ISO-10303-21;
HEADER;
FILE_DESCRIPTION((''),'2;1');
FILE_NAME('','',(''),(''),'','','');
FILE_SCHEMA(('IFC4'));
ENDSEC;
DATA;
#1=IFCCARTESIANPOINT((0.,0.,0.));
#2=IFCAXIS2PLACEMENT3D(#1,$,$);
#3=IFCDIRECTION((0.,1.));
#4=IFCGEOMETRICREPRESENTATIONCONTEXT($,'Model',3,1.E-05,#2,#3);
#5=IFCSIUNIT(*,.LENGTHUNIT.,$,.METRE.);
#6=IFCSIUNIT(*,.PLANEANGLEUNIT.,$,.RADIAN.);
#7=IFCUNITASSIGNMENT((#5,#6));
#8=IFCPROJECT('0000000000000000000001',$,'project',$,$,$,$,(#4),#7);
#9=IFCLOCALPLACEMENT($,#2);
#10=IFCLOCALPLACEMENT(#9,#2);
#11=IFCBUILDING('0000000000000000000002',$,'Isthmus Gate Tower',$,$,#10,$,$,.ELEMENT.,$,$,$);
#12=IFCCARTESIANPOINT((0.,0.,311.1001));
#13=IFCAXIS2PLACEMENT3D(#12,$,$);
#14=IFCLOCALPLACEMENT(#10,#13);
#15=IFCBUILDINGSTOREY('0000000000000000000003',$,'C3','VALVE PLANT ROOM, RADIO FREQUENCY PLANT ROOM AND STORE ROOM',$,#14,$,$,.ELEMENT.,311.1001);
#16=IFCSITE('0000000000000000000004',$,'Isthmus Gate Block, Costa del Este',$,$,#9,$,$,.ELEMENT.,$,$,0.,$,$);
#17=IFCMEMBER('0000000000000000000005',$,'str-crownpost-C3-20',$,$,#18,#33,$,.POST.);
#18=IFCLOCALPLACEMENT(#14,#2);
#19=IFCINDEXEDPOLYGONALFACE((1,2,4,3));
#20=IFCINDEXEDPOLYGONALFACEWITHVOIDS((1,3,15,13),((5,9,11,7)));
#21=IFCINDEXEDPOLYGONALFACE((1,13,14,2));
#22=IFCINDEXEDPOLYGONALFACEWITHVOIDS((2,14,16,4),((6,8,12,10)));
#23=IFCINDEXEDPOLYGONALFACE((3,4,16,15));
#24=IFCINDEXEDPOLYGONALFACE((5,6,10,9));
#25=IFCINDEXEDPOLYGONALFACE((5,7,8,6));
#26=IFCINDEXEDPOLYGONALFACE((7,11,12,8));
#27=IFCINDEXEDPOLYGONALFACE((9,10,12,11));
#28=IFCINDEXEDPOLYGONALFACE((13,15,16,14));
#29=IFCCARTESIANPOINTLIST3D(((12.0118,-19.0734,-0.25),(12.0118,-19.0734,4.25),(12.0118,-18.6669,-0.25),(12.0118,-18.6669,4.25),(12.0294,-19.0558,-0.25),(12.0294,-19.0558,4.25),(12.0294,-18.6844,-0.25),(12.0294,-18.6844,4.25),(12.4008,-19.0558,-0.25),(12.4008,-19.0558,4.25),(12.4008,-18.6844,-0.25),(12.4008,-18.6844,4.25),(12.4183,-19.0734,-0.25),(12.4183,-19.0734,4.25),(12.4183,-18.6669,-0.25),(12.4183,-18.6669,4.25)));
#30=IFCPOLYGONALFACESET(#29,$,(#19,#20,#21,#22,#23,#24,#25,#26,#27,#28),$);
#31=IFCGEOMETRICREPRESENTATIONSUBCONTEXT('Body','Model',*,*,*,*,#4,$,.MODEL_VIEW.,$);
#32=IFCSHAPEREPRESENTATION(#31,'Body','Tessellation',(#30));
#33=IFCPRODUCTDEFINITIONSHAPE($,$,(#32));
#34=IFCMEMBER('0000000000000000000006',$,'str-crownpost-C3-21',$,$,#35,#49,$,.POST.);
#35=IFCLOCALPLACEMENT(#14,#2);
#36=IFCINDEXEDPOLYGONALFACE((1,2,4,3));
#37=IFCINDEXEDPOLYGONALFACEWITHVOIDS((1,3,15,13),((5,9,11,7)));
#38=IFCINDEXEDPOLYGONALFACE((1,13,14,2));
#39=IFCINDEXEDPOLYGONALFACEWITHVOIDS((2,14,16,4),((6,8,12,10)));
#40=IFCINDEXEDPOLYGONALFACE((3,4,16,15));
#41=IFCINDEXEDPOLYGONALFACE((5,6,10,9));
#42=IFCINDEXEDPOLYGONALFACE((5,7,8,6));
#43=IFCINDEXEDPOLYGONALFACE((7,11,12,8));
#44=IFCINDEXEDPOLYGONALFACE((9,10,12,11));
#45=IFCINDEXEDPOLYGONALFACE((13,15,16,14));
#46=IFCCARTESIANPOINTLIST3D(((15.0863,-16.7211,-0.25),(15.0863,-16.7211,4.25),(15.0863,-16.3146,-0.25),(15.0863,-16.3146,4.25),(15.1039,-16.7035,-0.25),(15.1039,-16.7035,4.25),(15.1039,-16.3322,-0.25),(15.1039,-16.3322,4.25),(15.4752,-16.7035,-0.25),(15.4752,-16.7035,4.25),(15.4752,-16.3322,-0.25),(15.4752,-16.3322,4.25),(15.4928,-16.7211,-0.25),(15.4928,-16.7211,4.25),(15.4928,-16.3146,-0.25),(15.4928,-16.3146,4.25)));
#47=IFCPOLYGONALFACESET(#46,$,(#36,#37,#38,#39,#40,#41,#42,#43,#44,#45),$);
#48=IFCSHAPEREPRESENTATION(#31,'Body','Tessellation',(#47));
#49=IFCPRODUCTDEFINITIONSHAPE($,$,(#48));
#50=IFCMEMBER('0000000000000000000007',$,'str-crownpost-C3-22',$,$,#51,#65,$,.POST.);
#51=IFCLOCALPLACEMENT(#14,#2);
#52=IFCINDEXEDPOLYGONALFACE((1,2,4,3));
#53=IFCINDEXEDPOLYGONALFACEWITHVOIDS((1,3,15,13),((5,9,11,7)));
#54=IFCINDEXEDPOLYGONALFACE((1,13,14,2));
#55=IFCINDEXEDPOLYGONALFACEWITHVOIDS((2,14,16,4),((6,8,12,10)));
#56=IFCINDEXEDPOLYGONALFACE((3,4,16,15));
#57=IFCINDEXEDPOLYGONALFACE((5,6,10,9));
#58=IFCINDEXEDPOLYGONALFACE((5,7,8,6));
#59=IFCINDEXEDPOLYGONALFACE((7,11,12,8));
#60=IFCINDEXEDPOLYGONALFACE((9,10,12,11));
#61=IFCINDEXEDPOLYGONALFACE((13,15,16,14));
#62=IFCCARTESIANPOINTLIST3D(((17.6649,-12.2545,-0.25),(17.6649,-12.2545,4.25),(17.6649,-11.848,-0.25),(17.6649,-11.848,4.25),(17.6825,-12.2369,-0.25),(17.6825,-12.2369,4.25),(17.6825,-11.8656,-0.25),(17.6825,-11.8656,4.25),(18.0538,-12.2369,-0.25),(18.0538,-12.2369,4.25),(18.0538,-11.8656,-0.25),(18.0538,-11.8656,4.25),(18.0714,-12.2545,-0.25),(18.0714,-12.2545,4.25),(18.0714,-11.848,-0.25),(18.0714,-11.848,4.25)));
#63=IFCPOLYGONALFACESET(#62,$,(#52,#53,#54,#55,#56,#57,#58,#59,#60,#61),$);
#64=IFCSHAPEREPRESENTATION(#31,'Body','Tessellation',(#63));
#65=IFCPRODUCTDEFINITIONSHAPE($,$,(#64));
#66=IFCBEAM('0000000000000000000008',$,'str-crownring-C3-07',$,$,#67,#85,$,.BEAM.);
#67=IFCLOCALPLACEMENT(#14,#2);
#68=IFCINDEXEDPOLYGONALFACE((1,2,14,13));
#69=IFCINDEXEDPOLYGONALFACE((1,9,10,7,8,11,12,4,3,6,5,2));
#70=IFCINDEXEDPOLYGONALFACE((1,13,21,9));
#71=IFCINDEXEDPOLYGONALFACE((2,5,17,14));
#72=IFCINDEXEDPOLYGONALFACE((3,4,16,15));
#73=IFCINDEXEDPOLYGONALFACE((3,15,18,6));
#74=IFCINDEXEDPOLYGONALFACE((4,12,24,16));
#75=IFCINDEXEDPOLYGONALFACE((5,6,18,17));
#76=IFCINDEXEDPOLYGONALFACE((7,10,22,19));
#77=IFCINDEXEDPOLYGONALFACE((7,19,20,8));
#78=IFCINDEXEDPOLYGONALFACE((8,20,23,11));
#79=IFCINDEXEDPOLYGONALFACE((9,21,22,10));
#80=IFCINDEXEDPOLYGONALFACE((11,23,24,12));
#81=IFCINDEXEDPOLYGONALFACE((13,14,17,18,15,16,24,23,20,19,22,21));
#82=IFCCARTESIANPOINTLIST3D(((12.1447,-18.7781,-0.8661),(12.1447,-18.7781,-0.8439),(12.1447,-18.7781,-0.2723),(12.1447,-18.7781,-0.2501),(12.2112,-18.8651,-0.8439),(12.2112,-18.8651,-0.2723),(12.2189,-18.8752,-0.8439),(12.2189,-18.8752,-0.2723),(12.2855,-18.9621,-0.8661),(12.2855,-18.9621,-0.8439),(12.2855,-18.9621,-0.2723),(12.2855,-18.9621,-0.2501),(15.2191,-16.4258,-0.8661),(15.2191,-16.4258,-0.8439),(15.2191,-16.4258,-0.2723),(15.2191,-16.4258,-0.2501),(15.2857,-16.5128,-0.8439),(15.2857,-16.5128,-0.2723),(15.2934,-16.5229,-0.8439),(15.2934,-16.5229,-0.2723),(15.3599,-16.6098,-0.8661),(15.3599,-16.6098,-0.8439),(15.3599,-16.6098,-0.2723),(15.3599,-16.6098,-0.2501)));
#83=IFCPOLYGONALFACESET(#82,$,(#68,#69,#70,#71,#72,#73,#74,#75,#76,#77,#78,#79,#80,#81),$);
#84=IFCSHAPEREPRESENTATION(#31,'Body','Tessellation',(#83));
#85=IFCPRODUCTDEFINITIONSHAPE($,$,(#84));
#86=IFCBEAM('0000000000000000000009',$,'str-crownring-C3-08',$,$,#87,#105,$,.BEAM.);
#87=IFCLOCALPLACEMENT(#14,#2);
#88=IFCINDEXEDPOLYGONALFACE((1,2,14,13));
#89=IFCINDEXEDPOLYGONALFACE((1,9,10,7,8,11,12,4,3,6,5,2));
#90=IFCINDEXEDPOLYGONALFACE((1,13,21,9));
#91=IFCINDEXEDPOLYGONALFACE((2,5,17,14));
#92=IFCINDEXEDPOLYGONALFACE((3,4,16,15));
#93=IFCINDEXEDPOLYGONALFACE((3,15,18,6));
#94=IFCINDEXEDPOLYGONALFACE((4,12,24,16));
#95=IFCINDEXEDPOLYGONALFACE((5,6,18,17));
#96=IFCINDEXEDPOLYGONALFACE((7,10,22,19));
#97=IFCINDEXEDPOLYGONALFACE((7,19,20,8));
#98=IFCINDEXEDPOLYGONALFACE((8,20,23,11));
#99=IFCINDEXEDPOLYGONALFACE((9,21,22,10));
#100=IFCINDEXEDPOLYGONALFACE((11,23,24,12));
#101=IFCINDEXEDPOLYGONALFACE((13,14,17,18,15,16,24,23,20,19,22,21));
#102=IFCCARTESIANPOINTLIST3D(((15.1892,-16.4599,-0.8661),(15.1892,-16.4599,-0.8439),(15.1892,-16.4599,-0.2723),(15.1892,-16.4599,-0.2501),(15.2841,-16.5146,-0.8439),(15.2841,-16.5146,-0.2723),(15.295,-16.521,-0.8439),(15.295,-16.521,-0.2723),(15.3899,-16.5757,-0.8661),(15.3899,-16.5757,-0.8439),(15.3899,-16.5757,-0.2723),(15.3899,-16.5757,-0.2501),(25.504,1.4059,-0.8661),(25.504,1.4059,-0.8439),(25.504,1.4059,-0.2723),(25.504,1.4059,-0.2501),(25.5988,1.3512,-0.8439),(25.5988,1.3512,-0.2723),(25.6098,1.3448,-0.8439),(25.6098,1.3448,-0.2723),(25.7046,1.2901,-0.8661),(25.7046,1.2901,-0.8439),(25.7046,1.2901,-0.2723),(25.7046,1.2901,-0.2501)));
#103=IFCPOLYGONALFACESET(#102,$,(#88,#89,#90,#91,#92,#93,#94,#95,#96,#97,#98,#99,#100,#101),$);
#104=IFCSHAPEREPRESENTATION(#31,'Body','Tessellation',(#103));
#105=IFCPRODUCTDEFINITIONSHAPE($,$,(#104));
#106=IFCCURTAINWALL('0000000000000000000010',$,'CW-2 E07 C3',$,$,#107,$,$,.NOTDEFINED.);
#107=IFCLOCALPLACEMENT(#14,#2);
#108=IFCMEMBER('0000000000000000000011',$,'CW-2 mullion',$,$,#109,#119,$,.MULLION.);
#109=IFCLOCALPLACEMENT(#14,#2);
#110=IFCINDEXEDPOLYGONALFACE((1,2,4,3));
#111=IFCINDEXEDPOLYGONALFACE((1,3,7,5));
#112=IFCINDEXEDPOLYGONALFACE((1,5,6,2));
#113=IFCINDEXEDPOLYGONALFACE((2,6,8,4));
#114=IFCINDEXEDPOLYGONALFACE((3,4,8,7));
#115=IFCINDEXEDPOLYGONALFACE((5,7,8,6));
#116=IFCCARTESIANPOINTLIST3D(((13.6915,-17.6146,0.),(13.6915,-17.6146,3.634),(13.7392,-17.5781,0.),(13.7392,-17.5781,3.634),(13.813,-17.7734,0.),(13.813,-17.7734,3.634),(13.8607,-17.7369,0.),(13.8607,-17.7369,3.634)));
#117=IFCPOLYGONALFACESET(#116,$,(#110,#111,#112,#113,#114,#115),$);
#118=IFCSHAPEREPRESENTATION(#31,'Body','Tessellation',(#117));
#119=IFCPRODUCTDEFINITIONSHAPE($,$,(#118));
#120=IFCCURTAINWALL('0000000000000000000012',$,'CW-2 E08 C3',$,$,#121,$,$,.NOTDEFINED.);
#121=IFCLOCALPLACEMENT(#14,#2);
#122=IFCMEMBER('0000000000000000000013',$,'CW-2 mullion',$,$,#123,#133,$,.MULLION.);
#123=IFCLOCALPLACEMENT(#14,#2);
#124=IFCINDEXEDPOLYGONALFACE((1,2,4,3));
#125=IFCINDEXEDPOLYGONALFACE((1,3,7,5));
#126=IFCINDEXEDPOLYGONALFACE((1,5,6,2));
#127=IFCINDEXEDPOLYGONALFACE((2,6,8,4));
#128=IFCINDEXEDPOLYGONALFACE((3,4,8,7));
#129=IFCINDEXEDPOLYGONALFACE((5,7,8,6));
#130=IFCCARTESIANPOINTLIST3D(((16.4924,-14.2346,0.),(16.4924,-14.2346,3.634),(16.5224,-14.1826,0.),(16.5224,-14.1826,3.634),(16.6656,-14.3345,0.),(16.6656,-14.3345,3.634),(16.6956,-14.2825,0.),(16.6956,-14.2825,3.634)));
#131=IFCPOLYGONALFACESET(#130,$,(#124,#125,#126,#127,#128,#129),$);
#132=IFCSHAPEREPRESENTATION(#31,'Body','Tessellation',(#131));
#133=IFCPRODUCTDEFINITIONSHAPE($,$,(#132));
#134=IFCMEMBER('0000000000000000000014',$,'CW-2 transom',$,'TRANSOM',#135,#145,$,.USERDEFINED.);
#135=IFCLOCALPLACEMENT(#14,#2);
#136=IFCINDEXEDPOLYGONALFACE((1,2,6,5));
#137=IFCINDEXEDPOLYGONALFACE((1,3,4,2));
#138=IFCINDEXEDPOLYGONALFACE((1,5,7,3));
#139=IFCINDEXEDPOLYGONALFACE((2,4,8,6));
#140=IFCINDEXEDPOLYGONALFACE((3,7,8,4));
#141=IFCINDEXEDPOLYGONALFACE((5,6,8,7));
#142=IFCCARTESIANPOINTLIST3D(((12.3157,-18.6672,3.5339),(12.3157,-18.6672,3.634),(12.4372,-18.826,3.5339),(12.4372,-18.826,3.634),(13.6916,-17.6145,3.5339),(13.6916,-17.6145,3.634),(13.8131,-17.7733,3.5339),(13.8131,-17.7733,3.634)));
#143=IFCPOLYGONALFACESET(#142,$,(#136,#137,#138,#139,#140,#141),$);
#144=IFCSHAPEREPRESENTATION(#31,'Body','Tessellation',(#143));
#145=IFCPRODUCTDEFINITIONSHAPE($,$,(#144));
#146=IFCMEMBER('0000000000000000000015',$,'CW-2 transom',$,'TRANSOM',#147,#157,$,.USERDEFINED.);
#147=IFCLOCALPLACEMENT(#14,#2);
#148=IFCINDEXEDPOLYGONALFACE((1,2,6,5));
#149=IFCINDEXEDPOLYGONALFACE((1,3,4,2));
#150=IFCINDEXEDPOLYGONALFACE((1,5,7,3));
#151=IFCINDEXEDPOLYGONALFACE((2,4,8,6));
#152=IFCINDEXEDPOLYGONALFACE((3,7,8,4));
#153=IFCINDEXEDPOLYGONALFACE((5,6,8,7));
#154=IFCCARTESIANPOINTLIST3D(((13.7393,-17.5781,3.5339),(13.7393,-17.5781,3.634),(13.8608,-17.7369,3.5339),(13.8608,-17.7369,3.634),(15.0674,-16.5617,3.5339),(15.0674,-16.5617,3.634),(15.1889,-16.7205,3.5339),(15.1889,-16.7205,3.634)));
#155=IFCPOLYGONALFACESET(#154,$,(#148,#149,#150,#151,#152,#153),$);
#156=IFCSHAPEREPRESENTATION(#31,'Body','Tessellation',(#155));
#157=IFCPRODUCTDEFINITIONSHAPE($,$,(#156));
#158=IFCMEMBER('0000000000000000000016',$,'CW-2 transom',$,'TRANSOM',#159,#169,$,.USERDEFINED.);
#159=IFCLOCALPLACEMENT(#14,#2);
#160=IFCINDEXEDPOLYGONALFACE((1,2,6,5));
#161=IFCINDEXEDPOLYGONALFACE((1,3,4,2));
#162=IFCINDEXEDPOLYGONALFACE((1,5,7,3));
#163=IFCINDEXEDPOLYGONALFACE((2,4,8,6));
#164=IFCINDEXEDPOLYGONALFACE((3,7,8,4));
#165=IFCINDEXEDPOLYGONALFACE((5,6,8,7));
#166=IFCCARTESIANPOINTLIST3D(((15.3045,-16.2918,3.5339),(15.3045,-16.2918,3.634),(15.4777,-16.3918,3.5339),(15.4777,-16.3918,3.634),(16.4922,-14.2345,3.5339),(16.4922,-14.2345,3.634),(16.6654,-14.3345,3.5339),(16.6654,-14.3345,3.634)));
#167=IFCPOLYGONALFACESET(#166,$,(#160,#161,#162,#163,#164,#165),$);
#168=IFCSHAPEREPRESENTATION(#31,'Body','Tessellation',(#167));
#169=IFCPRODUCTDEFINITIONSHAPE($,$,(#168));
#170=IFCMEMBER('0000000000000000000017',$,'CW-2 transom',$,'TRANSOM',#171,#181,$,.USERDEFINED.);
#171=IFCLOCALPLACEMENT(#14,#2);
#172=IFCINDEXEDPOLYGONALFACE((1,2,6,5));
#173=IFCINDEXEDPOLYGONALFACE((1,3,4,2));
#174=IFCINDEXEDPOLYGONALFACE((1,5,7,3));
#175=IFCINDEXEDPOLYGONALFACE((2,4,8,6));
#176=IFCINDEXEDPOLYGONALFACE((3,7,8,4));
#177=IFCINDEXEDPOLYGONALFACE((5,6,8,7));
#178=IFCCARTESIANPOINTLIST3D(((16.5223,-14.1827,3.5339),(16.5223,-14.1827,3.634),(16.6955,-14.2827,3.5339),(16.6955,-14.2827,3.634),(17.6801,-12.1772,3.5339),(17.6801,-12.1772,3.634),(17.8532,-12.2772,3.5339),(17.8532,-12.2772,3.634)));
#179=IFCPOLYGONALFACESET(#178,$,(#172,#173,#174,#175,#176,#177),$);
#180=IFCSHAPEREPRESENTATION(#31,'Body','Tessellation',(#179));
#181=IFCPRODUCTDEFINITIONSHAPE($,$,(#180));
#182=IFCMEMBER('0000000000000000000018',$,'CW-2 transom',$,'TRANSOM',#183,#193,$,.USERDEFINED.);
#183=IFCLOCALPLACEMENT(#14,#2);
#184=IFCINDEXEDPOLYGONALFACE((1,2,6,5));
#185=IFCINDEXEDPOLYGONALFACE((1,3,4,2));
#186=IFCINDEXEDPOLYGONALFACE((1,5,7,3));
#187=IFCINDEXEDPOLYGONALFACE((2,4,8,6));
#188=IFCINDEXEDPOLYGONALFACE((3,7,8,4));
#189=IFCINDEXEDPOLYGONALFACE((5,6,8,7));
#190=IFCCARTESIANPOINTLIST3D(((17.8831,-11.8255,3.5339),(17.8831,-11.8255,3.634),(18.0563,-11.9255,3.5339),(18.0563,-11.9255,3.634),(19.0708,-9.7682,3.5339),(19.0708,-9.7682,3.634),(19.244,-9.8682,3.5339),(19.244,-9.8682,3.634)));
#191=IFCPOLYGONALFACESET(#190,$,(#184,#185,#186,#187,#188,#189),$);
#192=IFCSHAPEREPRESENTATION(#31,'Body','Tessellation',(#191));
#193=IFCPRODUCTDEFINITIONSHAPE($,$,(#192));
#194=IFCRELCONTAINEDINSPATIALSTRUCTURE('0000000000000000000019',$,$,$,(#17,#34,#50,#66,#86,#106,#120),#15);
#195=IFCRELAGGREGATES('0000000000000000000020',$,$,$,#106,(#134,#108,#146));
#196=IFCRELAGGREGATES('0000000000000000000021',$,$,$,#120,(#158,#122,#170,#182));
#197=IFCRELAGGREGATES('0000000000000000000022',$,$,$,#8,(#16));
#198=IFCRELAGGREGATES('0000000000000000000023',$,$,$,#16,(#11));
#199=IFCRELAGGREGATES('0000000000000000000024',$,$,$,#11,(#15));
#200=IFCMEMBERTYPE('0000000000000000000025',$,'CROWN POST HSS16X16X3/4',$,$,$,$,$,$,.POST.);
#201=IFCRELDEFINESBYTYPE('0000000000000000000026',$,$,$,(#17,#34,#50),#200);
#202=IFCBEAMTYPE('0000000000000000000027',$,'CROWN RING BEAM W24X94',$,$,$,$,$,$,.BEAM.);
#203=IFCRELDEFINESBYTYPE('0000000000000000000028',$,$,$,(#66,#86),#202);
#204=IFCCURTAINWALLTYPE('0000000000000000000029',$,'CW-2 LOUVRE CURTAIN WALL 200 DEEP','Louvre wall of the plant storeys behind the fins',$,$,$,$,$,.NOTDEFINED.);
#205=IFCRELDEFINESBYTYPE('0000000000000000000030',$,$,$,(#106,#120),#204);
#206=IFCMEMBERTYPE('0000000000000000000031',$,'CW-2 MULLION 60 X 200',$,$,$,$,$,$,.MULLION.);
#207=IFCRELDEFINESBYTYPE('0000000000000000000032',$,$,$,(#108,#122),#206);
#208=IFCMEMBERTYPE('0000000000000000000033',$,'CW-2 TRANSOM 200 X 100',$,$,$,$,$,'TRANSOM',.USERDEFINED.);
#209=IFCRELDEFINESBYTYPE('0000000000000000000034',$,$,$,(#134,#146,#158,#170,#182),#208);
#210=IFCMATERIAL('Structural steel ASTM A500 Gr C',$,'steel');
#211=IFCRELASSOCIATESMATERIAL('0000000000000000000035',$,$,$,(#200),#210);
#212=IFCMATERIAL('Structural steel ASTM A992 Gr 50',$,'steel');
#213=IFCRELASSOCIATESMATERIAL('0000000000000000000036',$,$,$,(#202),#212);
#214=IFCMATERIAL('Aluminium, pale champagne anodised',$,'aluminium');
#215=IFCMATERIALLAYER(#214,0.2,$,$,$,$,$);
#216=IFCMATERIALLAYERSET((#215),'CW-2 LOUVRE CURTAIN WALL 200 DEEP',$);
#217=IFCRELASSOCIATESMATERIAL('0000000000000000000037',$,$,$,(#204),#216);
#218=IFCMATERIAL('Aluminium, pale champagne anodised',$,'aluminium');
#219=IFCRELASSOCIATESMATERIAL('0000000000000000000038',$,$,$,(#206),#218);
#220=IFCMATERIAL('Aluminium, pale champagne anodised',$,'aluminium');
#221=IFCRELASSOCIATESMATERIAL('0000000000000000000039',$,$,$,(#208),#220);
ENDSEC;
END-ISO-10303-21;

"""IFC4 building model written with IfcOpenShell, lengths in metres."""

from ifc_helpers import new_model, si_unit, direction, frame, origin, origin_2d, place, context, subcontext, project, spatial, rectangle, hollow_rectangle, i_section, extrude, material, layer, layer_set, material_profile, profile_set, type_object, element, aggregate, save


model = new_model("IFC4")

# Units and contexts
model_context = context("Model", 3, precision=1e-05, world=origin(), true_north=direction((0.0, 1.0)))
body_context = subcontext(model_context, "Body", "Model", "MODEL_VIEW")
ifc_project = project(units=[si_unit("LENGTHUNIT", "METRE"), si_unit("PLANEANGLEUNIT", "RADIAN")], contexts=[model_context])

# Site, building, storey
site_placement = place(None, origin())
site = spatial("IfcSite", under=ifc_project, at=site_placement, Name="Isthmus Gate Block, Costa del Este", CompositionType="ELEMENT", RefElevation=0.0)
building_placement = place(site_placement, origin())
building = spatial("IfcBuilding", under=site, at=building_placement, Name="Isthmus Gate Tower", CompositionType="ELEMENT")
storey_placement = place(building_placement, frame((0.0, 0.0, 311.1001)))
storey = spatial("IfcBuildingStorey", under=building, at=storey_placement, Name="C3", Description="VALVE PLANT ROOM, RADIO FREQUENCY PLANT ROOM AND STORE ROOM", CompositionType="ELEMENT", Elevation=311.1001)

# Members
ifc_material_1 = material(Name="Structural steel ASTM A500 Gr C", Category="steel")
ifc_material_profile_1 = material_profile(ifc_material_1, hollow_rectangle(XDim=0.4065, YDim=0.4065, WallThickness=0.0176, at=origin_2d()), Name="HSS16X16X3/4")
ifc_profile_set_1 = profile_set([ifc_material_profile_1], Name="Structural steel ASTM A500 Gr C")
member_type_1 = type_object("IfcMemberType", Name="CROWN POST HSS16X16X3/4", PredefinedType="POST", material=ifc_profile_set_1)
for number, where, z_axis, x_axis, name in (
    (1, (12.2151, -18.8701, -0.25), (0.0, 0.0, 1.0), (1.0, 0.0, 0.0), "str-crownpost-C3-20"),
    (2, (15.2896, -16.5178, -0.25), (0.0, 0.0, 1.0), (1.0, 0.0, 0.0), "str-crownpost-C3-21"),
    (3, (17.8682, -12.0513, -0.25), (0.0, 0.0, 1.0), (1.0, 0.0, 0.0), "str-crownpost-C3-22"),
):
    element("IfcMember", number, at=place(storey_placement, frame(where, z_axis=z_axis, x_axis=x_axis)), inside=storey, type_object=member_type_1, Name=name, PredefinedType="POST", context=body_context, shape_type="SweptSolid", body=[
        extrude(hollow_rectangle(XDim=0.4065, YDim=0.4065, WallThickness=0.0176, at=origin_2d()), origin(), (0.0, 0.0, 1.0), 4.5),
    ])

# Beams
ifc_material_2 = material(Name="Structural steel ASTM A992 Gr 50", Category="steel")
ifc_material_profile_2 = material_profile(ifc_material_2, i_section(OverallWidth=0.2317, OverallDepth=0.616, WebThickness=0.0127, FlangeThickness=0.0222, at=origin_2d()), Name="W24X94")
ifc_profile_set_2 = profile_set([ifc_material_profile_2], Name="Structural steel ASTM A992 Gr 50")
beam_type = type_object("IfcBeamType", Name="CROWN RING BEAM W24X94", PredefinedType="BEAM", material=ifc_profile_set_2)
beam_1_placement = place(storey_placement, frame((12.2151, -18.8701, -0.5581), z_axis=(0.794204, 0.607651, 0.0), x_axis=(-0.607651, 0.794204, 0.0)))
element("IfcBeam", 4, at=beam_1_placement, inside=storey, type_object=beam_type, Name="str-crownring-C3-07", PredefinedType="BEAM", context=body_context, shape_type="SweptSolid", body=[
    extrude(i_section(OverallWidth=0.2317, OverallDepth=0.616, WebThickness=0.0127, FlangeThickness=0.0222, at=origin_2d()), origin(), (0.0, 0.0, 1.0), 3.8711),
])
beam_2_placement = place(storey_placement, frame((15.2896, -16.5178, -0.5581), z_axis=(0.499997, 0.866027, 0.0), x_axis=(-0.866027, 0.499997, 0.0)))
element("IfcBeam", 5, at=beam_2_placement, inside=storey, type_object=beam_type, Name="str-crownring-C3-08", PredefinedType="BEAM", context=body_context, shape_type="SweptSolid", body=[
    extrude(i_section(OverallWidth=0.2317, OverallDepth=0.616, WebThickness=0.0127, FlangeThickness=0.0222, at=origin_2d()), origin(), (0.0, 0.0, 1.0), 20.6296),
])

# Curtain walls, members
ifc_material_3 = material(Name="Aluminium, pale champagne anodised", Category="aluminium")
ifc_layer_1 = layer(ifc_material_3, 0.2)
ifc_layer_set_1 = layer_set([ifc_layer_1], Name="CW-2 LOUVRE CURTAIN WALL 200 DEEP")
curtain_wall_type = type_object("IfcCurtainWallType", Name="CW-2 LOUVRE CURTAIN WALL 200 DEEP", Description="Louvre wall of the plant storeys behind the fins", PredefinedType="NOTDEFINED", material=ifc_layer_set_1)
curtain_wall_1_placement = place(storey_placement, origin())
curtain_wall_1 = element("IfcCurtainWall", 6, at=curtain_wall_1_placement, inside=storey, type_object=curtain_wall_type, Name="CW-2 E07 C3", PredefinedType="NOTDEFINED")
ifc_material_4 = material(Name="Aluminium, pale champagne anodised", Category="aluminium")
ifc_material_profile_3 = material_profile(ifc_material_4, rectangle(XDim=0.0601, YDim=0.2, at=origin_2d()), Name="60x200")
ifc_profile_set_3 = profile_set([ifc_material_profile_3], Name="Aluminium, pale champagne anodised")
member_type_2 = type_object("IfcMemberType", Name="CW-2 MULLION 60 X 200", PredefinedType="MULLION", material=ifc_profile_set_3)
member_1_placement = place(storey_placement, frame((13.7761, -17.6758, 0.0), z_axis=(0.0, 0.0, 1.0), x_axis=(0.794189, 0.607671, 0.0)))
member_1 = element("IfcMember", 7, at=member_1_placement, type_object=member_type_2, Name="CW-2 mullion", PredefinedType="MULLION", context=body_context, shape_type="SweptSolid", body=[
    extrude(rectangle(XDim=0.0601, YDim=0.2, at=origin_2d()), origin(), (0.0, 0.0, 1.0), 3.634),
])
curtain_wall_2_placement = place(storey_placement, origin())
curtain_wall_2 = element("IfcCurtainWall", 8, at=curtain_wall_2_placement, inside=storey, type_object=curtain_wall_type, Name="CW-2 E08 C3", PredefinedType="NOTDEFINED")
member_2_placement = place(storey_placement, frame((16.594, -14.2585, 0.0), z_axis=(0.0, 0.0, 1.0), x_axis=(0.5, 0.866025, 0.0)))
member_2 = element("IfcMember", 9, at=member_2_placement, type_object=member_type_2, Name="CW-2 mullion", PredefinedType="MULLION", context=body_context, shape_type="SweptSolid", body=[
    extrude(rectangle(XDim=0.0601, YDim=0.2, at=origin_2d()), origin(), (0.0, 0.0, 1.0), 3.634),
])

# Members
ifc_material_5 = material(Name="Aluminium, pale champagne anodised", Category="aluminium")
ifc_material_profile_4 = material_profile(ifc_material_5, rectangle(XDim=0.2, YDim=0.1001, at=origin_2d()), Name="200x100")
ifc_profile_set_4 = profile_set([ifc_material_profile_4], Name="Aluminium, pale champagne anodised")
member_type_3 = type_object("IfcMemberType", Name="CW-2 TRANSOM 200 X 100", ElementType="TRANSOM", PredefinedType="USERDEFINED", material=ifc_profile_set_4)
member_3_placement = place(storey_placement, frame((12.3765, -18.7466, 3.584), z_axis=(0.794214, 0.607638, 0.0), x_axis=(-0.607638, 0.794214, 0.0)))
member_3 = element("IfcMember", 10, at=member_3_placement, type_object=member_type_3, Name="CW-2 transom", ObjectType="TRANSOM", PredefinedType="USERDEFINED", context=body_context, shape_type="SweptSolid", body=[
    extrude(rectangle(XDim=0.2, YDim=0.1001, at=origin_2d()), origin(), (0.0, 0.0, 1.0), 1.7324),
])
member_4_placement = place(storey_placement, frame((13.8, -17.6575, 3.584), z_axis=(0.794146, 0.607726, 0.0), x_axis=(-0.607726, 0.794146, 0.0)))
member_4 = element("IfcMember", 11, at=member_4_placement, type_object=member_type_3, Name="CW-2 transom", ObjectType="TRANSOM", PredefinedType="USERDEFINED", context=body_context, shape_type="SweptSolid", body=[
    extrude(rectangle(XDim=0.2, YDim=0.1001, at=origin_2d()), origin(), (0.0, 0.0, 1.0), 1.6724),
])
member_5_placement = place(storey_placement, frame((15.3911, -16.3418, 3.584), z_axis=(0.499975, 0.86604, 0.0), x_axis=(-0.86604, 0.499975, 0.0)))
member_5 = element("IfcMember", 12, at=member_5_placement, type_object=member_type_3, Name="CW-2 transom", ObjectType="TRANSOM", PredefinedType="USERDEFINED", context=body_context, shape_type="SweptSolid", body=[
    extrude(rectangle(XDim=0.2, YDim=0.1001, at=origin_2d()), origin(), (0.0, 0.0, 1.0), 2.3755),
])
member_6_placement = place(storey_placement, frame((16.6089, -14.2327, 3.584), z_axis=(0.499972, 0.866042, 0.0), x_axis=(-0.866042, 0.499972, 0.0)))
member_6 = element("IfcMember", 13, at=member_6_placement, type_object=member_type_3, Name="CW-2 transom", ObjectType="TRANSOM", PredefinedType="USERDEFINED", context=body_context, shape_type="SweptSolid", body=[
    extrude(rectangle(XDim=0.2, YDim=0.1001, at=origin_2d()), origin(), (0.0, 0.0, 1.0), 2.3157),
])
member_7_placement = place(storey_placement, frame((17.9697, -11.8755, 3.584), z_axis=(0.499975, 0.86604, 0.0), x_axis=(-0.86604, 0.499975, 0.0)))
member_7 = element("IfcMember", 14, at=member_7_placement, type_object=member_type_3, Name="CW-2 transom", ObjectType="TRANSOM", PredefinedType="USERDEFINED", context=body_context, shape_type="SweptSolid", body=[
    extrude(rectangle(XDim=0.2, YDim=0.1001, at=origin_2d()), origin(), (0.0, 0.0, 1.0), 2.3755),
])

aggregate(curtain_wall_1, [member_3, member_1, member_4])
aggregate(curtain_wall_2, [member_5, member_2, member_6, member_7])

save(model, "model.ifc")
